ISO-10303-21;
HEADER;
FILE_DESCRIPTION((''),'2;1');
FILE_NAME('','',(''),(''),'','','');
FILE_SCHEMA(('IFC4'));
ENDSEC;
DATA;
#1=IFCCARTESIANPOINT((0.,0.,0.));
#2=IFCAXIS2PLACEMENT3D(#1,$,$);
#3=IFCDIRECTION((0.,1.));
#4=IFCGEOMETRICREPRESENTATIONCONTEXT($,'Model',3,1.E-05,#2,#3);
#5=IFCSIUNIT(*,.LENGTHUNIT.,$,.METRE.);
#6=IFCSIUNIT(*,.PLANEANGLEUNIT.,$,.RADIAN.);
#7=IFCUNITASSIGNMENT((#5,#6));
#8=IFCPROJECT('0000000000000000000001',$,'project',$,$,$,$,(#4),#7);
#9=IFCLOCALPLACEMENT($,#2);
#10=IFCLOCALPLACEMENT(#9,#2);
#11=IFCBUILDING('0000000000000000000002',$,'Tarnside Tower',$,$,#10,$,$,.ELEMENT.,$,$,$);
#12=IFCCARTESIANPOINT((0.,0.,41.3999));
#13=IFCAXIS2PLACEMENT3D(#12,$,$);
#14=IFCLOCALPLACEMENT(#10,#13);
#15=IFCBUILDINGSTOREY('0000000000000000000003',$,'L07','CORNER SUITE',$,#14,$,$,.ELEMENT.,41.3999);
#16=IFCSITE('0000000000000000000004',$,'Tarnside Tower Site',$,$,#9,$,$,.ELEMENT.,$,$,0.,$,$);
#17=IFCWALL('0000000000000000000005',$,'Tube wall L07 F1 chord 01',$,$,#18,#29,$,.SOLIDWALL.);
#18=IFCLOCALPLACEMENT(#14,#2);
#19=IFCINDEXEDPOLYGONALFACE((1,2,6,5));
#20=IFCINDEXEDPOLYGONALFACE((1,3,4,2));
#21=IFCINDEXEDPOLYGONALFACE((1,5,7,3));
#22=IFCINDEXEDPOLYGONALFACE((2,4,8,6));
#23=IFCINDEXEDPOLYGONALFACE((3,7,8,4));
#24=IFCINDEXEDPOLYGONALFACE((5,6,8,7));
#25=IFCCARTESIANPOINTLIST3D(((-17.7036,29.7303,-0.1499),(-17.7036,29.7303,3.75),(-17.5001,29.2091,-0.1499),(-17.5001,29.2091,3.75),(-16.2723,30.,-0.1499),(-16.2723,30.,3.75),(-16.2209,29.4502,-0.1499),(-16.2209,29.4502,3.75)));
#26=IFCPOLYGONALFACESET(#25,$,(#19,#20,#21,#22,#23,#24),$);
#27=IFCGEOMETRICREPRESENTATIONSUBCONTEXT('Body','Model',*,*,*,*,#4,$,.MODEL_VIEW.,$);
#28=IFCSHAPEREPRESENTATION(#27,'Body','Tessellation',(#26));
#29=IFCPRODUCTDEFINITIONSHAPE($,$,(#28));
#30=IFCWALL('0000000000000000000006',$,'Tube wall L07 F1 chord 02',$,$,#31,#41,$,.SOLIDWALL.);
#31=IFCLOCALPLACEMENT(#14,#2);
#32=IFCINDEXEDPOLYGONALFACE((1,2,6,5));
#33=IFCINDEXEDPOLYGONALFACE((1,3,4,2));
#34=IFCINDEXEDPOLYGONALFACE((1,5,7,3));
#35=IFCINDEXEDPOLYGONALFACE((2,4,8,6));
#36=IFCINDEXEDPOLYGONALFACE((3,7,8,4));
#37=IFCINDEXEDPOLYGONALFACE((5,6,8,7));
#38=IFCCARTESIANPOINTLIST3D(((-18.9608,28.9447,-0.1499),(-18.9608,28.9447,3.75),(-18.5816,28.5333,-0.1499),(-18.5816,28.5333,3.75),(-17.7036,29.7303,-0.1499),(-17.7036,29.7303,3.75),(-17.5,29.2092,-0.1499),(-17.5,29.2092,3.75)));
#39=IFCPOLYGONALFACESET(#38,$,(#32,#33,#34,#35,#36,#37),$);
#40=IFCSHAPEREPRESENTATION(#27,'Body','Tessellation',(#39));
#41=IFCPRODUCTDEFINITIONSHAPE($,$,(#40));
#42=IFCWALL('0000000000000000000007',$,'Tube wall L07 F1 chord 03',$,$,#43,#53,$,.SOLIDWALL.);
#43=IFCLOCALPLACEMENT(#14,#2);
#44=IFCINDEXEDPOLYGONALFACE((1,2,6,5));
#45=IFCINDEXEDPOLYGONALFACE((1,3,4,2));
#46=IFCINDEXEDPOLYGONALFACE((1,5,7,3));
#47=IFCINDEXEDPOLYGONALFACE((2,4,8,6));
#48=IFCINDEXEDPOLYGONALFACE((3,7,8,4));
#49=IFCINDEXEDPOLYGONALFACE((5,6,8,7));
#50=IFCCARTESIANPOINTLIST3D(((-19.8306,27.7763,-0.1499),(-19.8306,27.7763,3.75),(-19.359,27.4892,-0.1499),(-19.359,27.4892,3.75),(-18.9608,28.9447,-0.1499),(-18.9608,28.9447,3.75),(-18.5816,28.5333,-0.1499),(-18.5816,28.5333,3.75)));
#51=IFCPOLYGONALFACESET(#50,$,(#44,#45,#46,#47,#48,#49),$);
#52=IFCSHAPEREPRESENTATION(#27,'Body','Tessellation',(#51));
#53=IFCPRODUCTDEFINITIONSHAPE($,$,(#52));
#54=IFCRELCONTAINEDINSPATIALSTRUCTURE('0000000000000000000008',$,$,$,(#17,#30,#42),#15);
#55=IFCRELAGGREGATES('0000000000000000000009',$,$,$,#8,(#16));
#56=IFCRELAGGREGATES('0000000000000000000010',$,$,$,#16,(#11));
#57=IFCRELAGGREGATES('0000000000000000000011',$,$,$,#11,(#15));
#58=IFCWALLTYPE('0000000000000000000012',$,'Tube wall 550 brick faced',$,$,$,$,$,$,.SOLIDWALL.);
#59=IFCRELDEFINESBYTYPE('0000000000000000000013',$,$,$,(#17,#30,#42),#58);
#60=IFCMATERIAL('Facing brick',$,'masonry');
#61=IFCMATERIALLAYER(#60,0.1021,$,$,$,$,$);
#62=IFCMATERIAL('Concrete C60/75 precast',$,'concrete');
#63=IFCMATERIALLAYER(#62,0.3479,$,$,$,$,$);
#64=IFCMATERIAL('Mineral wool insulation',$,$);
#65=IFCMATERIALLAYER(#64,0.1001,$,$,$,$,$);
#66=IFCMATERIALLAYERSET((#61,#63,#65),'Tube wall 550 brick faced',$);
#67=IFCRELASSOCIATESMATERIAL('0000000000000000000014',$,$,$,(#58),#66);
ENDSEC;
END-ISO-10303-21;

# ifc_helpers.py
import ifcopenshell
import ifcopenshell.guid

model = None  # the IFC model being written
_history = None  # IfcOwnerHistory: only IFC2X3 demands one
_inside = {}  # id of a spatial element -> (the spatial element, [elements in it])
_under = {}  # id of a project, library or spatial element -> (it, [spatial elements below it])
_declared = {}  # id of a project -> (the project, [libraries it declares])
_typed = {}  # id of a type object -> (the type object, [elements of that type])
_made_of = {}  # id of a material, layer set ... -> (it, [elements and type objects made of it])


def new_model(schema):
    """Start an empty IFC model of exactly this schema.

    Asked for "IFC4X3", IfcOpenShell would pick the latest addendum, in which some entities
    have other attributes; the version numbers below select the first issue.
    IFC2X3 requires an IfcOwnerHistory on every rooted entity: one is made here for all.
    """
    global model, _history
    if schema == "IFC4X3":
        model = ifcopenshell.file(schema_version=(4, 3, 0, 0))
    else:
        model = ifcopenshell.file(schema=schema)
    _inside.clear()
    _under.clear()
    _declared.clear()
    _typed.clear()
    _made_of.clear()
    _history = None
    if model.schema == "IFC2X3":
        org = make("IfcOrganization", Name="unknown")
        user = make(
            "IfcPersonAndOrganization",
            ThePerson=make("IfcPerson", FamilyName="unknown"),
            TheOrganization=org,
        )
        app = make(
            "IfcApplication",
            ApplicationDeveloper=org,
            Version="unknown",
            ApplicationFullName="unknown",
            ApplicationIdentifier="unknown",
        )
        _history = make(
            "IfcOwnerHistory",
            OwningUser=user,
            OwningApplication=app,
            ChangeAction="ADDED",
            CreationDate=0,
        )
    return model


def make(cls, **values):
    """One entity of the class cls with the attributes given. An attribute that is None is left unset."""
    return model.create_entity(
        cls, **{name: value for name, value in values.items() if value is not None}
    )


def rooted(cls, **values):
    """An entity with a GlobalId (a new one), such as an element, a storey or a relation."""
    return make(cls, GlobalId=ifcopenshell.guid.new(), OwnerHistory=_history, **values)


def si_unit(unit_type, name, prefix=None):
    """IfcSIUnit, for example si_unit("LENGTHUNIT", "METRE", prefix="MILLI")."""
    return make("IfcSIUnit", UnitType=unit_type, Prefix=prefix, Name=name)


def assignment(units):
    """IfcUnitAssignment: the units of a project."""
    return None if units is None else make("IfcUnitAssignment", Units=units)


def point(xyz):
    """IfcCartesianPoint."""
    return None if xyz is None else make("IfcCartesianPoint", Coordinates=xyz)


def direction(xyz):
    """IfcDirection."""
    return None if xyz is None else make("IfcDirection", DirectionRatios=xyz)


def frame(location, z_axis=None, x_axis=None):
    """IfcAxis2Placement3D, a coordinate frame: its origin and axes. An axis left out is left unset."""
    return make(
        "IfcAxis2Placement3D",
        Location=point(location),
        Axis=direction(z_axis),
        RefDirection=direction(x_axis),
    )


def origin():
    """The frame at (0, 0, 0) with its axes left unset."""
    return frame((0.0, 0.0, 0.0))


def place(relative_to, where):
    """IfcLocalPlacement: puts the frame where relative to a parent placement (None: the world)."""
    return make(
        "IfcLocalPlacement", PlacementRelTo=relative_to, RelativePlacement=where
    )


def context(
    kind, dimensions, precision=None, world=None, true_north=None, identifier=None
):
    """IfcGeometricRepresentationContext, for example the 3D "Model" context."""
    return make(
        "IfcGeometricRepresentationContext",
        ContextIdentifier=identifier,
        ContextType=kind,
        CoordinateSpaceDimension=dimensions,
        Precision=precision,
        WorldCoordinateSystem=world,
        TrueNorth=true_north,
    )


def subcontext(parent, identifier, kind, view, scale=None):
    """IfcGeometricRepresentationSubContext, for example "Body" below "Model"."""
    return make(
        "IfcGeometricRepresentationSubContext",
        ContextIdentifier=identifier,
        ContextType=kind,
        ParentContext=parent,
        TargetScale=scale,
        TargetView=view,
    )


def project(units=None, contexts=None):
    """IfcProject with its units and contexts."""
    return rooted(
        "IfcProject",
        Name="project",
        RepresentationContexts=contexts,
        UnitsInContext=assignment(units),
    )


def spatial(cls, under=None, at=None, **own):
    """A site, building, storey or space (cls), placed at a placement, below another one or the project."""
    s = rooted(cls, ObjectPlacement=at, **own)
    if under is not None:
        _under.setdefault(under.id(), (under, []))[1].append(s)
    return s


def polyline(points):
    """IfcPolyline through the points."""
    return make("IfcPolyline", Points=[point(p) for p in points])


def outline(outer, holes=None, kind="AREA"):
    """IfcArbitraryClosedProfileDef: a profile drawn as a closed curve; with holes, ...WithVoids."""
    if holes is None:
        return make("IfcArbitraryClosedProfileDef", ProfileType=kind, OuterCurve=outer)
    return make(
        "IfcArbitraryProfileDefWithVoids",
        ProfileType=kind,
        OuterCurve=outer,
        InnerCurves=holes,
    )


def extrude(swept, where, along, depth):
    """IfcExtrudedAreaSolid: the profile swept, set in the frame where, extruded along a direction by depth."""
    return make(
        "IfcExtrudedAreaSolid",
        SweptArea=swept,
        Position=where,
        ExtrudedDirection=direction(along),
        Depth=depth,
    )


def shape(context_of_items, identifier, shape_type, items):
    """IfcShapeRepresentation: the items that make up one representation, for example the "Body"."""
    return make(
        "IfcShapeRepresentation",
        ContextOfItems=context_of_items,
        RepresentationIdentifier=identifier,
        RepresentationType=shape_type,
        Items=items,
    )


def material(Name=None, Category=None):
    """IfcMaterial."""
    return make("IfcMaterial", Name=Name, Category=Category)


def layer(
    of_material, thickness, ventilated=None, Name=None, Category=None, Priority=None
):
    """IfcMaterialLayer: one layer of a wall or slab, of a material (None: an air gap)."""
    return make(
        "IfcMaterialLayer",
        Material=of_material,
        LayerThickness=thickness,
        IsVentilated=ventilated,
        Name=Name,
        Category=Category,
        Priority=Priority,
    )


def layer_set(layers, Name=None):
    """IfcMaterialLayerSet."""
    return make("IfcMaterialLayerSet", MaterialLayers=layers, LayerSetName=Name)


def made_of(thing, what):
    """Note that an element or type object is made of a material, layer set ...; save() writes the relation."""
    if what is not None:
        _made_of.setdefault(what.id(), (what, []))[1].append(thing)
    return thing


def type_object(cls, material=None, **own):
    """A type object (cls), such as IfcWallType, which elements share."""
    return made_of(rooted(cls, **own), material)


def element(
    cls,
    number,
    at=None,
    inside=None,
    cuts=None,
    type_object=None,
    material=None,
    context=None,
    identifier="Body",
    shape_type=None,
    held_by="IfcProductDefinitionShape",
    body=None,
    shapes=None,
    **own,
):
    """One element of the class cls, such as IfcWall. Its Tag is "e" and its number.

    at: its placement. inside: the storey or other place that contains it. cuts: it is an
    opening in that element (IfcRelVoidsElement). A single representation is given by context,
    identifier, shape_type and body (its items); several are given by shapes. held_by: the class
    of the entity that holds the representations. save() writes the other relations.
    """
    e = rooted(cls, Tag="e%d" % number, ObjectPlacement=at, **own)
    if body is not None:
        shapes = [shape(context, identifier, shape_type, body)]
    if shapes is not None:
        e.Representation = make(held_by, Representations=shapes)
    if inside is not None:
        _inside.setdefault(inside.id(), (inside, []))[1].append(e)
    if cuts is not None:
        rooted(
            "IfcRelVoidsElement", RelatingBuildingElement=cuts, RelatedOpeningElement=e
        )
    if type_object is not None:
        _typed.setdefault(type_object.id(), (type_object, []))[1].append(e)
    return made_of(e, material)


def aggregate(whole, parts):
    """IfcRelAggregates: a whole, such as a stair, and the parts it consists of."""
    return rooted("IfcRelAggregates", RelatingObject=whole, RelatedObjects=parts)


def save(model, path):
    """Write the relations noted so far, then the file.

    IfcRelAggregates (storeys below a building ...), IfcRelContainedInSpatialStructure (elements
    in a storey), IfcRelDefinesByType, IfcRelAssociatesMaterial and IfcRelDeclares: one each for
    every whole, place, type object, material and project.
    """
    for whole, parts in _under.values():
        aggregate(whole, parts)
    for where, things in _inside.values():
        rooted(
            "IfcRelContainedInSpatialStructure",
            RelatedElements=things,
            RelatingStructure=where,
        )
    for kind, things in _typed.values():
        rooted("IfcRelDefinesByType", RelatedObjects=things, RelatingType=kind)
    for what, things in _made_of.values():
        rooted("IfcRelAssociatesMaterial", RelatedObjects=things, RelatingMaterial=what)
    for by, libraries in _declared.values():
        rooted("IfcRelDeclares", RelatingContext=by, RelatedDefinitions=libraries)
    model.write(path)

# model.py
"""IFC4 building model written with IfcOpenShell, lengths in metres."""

from ifc_helpers import new_model, si_unit, direction, frame, origin, place, context, subcontext, project, spatial, polyline, outline, extrude, material, layer, layer_set, type_object, element, save


model = new_model("IFC4")

# Units and contexts
model_context = context("Model", 3, precision=1e-05, world=origin(), true_north=direction((0.0, 1.0)))
body_context = subcontext(model_context, "Body", "Model", "MODEL_VIEW")
ifc_project = project(units=[si_unit("LENGTHUNIT", "METRE"), si_unit("PLANEANGLEUNIT", "RADIAN")], contexts=[model_context])

# Site, building, storey
site_placement = place(None, origin())
site = spatial("IfcSite", under=ifc_project, at=site_placement, Name="Tarnside Tower Site", CompositionType="ELEMENT", RefElevation=0.0)
building_placement = place(site_placement, origin())
building = spatial("IfcBuilding", under=site, at=building_placement, Name="Tarnside Tower", CompositionType="ELEMENT")
storey_placement = place(building_placement, frame((0.0, 0.0, 41.3999)))
storey = spatial("IfcBuildingStorey", under=building, at=storey_placement, Name="L07", Description="CORNER SUITE", CompositionType="ELEMENT", Elevation=41.3999)

# Walls
ifc_material_1 = material(Name="Facing brick", Category="masonry")
ifc_layer_1 = layer(ifc_material_1, 0.1021)
ifc_material_2 = material(Name="Concrete C60/75 precast", Category="concrete")
ifc_layer_2 = layer(ifc_material_2, 0.3479)
ifc_material_3 = material(Name="Mineral wool insulation")
ifc_layer_3 = layer(ifc_material_3, 0.1001)
ifc_layer_set_1 = layer_set([ifc_layer_1, ifc_layer_2, ifc_layer_3], Name="Tube wall 550 brick faced")
wall_type_1 = type_object("IfcWallType", Name="Tube wall 550 brick faced", PredefinedType="SOLIDWALL", material=ifc_layer_set_1)
wall_1_placement = place(storey_placement, frame((-16.2466, 29.7251, -0.1499), z_axis=(0.0, 0.0, 1.0), x_axis=(-0.982705, -0.185176, 0.0)))
element("IfcWall", 1, at=wall_1_placement, inside=storey, type_object=wall_type_1, Name="Tube wall L07 F1 chord 01", PredefinedType="SOLIDWALL", context=body_context, shape_type="SweptSolid", body=[
    extrude(outline(polyline([(-0.0256, -0.2749), (1.4309, -0.2749), (1.3274, 0.2749), (0.0256, 0.2749), (-0.0256, -0.2749)])), origin(), (0.0, 0.0, 1.0), 3.8999),
])
wall_2_placement = place(storey_placement, frame((-17.6018, 29.4697, -0.1499), z_axis=(0.0, 0.0, 1.0), x_axis=(-0.848058, -0.529903, 0.0)))
element("IfcWall", 2, at=wall_2_placement, inside=storey, type_object=wall_type_1, Name="Tube wall L07 F1 chord 02", PredefinedType="SOLIDWALL", context=body_context, shape_type="SweptSolid", body=[
    extrude(outline(polyline([(-0.0518, -0.2749), (1.4307, -0.2749), (1.3271, 0.2749), (0.0518, 0.2749), (-0.0518, -0.2749)])), origin(), (0.0, 0.0, 1.0), 3.8999),
])
wall_3_placement = place(storey_placement, frame((-18.7712, 28.739, -0.1499), z_axis=(0.0, 0.0, 1.0), x_axis=(-0.597135, -0.802141, 0.0)))
element("IfcWall", 3, at=wall_3_placement, inside=storey, type_object=wall_type_1, Name="Tube wall L07 F1 chord 03", PredefinedType="SOLIDWALL", context=body_context, shape_type="SweptSolid", body=[
    extrude(outline(polyline([(-0.0518, -0.2749), (1.4048, -0.2749), (1.3535, 0.2749), (0.0518, 0.2749), (-0.0518, -0.2749)])), origin(), (0.0, 0.0, 1.0), 3.8999),
])

save(model, "model.ifc")
